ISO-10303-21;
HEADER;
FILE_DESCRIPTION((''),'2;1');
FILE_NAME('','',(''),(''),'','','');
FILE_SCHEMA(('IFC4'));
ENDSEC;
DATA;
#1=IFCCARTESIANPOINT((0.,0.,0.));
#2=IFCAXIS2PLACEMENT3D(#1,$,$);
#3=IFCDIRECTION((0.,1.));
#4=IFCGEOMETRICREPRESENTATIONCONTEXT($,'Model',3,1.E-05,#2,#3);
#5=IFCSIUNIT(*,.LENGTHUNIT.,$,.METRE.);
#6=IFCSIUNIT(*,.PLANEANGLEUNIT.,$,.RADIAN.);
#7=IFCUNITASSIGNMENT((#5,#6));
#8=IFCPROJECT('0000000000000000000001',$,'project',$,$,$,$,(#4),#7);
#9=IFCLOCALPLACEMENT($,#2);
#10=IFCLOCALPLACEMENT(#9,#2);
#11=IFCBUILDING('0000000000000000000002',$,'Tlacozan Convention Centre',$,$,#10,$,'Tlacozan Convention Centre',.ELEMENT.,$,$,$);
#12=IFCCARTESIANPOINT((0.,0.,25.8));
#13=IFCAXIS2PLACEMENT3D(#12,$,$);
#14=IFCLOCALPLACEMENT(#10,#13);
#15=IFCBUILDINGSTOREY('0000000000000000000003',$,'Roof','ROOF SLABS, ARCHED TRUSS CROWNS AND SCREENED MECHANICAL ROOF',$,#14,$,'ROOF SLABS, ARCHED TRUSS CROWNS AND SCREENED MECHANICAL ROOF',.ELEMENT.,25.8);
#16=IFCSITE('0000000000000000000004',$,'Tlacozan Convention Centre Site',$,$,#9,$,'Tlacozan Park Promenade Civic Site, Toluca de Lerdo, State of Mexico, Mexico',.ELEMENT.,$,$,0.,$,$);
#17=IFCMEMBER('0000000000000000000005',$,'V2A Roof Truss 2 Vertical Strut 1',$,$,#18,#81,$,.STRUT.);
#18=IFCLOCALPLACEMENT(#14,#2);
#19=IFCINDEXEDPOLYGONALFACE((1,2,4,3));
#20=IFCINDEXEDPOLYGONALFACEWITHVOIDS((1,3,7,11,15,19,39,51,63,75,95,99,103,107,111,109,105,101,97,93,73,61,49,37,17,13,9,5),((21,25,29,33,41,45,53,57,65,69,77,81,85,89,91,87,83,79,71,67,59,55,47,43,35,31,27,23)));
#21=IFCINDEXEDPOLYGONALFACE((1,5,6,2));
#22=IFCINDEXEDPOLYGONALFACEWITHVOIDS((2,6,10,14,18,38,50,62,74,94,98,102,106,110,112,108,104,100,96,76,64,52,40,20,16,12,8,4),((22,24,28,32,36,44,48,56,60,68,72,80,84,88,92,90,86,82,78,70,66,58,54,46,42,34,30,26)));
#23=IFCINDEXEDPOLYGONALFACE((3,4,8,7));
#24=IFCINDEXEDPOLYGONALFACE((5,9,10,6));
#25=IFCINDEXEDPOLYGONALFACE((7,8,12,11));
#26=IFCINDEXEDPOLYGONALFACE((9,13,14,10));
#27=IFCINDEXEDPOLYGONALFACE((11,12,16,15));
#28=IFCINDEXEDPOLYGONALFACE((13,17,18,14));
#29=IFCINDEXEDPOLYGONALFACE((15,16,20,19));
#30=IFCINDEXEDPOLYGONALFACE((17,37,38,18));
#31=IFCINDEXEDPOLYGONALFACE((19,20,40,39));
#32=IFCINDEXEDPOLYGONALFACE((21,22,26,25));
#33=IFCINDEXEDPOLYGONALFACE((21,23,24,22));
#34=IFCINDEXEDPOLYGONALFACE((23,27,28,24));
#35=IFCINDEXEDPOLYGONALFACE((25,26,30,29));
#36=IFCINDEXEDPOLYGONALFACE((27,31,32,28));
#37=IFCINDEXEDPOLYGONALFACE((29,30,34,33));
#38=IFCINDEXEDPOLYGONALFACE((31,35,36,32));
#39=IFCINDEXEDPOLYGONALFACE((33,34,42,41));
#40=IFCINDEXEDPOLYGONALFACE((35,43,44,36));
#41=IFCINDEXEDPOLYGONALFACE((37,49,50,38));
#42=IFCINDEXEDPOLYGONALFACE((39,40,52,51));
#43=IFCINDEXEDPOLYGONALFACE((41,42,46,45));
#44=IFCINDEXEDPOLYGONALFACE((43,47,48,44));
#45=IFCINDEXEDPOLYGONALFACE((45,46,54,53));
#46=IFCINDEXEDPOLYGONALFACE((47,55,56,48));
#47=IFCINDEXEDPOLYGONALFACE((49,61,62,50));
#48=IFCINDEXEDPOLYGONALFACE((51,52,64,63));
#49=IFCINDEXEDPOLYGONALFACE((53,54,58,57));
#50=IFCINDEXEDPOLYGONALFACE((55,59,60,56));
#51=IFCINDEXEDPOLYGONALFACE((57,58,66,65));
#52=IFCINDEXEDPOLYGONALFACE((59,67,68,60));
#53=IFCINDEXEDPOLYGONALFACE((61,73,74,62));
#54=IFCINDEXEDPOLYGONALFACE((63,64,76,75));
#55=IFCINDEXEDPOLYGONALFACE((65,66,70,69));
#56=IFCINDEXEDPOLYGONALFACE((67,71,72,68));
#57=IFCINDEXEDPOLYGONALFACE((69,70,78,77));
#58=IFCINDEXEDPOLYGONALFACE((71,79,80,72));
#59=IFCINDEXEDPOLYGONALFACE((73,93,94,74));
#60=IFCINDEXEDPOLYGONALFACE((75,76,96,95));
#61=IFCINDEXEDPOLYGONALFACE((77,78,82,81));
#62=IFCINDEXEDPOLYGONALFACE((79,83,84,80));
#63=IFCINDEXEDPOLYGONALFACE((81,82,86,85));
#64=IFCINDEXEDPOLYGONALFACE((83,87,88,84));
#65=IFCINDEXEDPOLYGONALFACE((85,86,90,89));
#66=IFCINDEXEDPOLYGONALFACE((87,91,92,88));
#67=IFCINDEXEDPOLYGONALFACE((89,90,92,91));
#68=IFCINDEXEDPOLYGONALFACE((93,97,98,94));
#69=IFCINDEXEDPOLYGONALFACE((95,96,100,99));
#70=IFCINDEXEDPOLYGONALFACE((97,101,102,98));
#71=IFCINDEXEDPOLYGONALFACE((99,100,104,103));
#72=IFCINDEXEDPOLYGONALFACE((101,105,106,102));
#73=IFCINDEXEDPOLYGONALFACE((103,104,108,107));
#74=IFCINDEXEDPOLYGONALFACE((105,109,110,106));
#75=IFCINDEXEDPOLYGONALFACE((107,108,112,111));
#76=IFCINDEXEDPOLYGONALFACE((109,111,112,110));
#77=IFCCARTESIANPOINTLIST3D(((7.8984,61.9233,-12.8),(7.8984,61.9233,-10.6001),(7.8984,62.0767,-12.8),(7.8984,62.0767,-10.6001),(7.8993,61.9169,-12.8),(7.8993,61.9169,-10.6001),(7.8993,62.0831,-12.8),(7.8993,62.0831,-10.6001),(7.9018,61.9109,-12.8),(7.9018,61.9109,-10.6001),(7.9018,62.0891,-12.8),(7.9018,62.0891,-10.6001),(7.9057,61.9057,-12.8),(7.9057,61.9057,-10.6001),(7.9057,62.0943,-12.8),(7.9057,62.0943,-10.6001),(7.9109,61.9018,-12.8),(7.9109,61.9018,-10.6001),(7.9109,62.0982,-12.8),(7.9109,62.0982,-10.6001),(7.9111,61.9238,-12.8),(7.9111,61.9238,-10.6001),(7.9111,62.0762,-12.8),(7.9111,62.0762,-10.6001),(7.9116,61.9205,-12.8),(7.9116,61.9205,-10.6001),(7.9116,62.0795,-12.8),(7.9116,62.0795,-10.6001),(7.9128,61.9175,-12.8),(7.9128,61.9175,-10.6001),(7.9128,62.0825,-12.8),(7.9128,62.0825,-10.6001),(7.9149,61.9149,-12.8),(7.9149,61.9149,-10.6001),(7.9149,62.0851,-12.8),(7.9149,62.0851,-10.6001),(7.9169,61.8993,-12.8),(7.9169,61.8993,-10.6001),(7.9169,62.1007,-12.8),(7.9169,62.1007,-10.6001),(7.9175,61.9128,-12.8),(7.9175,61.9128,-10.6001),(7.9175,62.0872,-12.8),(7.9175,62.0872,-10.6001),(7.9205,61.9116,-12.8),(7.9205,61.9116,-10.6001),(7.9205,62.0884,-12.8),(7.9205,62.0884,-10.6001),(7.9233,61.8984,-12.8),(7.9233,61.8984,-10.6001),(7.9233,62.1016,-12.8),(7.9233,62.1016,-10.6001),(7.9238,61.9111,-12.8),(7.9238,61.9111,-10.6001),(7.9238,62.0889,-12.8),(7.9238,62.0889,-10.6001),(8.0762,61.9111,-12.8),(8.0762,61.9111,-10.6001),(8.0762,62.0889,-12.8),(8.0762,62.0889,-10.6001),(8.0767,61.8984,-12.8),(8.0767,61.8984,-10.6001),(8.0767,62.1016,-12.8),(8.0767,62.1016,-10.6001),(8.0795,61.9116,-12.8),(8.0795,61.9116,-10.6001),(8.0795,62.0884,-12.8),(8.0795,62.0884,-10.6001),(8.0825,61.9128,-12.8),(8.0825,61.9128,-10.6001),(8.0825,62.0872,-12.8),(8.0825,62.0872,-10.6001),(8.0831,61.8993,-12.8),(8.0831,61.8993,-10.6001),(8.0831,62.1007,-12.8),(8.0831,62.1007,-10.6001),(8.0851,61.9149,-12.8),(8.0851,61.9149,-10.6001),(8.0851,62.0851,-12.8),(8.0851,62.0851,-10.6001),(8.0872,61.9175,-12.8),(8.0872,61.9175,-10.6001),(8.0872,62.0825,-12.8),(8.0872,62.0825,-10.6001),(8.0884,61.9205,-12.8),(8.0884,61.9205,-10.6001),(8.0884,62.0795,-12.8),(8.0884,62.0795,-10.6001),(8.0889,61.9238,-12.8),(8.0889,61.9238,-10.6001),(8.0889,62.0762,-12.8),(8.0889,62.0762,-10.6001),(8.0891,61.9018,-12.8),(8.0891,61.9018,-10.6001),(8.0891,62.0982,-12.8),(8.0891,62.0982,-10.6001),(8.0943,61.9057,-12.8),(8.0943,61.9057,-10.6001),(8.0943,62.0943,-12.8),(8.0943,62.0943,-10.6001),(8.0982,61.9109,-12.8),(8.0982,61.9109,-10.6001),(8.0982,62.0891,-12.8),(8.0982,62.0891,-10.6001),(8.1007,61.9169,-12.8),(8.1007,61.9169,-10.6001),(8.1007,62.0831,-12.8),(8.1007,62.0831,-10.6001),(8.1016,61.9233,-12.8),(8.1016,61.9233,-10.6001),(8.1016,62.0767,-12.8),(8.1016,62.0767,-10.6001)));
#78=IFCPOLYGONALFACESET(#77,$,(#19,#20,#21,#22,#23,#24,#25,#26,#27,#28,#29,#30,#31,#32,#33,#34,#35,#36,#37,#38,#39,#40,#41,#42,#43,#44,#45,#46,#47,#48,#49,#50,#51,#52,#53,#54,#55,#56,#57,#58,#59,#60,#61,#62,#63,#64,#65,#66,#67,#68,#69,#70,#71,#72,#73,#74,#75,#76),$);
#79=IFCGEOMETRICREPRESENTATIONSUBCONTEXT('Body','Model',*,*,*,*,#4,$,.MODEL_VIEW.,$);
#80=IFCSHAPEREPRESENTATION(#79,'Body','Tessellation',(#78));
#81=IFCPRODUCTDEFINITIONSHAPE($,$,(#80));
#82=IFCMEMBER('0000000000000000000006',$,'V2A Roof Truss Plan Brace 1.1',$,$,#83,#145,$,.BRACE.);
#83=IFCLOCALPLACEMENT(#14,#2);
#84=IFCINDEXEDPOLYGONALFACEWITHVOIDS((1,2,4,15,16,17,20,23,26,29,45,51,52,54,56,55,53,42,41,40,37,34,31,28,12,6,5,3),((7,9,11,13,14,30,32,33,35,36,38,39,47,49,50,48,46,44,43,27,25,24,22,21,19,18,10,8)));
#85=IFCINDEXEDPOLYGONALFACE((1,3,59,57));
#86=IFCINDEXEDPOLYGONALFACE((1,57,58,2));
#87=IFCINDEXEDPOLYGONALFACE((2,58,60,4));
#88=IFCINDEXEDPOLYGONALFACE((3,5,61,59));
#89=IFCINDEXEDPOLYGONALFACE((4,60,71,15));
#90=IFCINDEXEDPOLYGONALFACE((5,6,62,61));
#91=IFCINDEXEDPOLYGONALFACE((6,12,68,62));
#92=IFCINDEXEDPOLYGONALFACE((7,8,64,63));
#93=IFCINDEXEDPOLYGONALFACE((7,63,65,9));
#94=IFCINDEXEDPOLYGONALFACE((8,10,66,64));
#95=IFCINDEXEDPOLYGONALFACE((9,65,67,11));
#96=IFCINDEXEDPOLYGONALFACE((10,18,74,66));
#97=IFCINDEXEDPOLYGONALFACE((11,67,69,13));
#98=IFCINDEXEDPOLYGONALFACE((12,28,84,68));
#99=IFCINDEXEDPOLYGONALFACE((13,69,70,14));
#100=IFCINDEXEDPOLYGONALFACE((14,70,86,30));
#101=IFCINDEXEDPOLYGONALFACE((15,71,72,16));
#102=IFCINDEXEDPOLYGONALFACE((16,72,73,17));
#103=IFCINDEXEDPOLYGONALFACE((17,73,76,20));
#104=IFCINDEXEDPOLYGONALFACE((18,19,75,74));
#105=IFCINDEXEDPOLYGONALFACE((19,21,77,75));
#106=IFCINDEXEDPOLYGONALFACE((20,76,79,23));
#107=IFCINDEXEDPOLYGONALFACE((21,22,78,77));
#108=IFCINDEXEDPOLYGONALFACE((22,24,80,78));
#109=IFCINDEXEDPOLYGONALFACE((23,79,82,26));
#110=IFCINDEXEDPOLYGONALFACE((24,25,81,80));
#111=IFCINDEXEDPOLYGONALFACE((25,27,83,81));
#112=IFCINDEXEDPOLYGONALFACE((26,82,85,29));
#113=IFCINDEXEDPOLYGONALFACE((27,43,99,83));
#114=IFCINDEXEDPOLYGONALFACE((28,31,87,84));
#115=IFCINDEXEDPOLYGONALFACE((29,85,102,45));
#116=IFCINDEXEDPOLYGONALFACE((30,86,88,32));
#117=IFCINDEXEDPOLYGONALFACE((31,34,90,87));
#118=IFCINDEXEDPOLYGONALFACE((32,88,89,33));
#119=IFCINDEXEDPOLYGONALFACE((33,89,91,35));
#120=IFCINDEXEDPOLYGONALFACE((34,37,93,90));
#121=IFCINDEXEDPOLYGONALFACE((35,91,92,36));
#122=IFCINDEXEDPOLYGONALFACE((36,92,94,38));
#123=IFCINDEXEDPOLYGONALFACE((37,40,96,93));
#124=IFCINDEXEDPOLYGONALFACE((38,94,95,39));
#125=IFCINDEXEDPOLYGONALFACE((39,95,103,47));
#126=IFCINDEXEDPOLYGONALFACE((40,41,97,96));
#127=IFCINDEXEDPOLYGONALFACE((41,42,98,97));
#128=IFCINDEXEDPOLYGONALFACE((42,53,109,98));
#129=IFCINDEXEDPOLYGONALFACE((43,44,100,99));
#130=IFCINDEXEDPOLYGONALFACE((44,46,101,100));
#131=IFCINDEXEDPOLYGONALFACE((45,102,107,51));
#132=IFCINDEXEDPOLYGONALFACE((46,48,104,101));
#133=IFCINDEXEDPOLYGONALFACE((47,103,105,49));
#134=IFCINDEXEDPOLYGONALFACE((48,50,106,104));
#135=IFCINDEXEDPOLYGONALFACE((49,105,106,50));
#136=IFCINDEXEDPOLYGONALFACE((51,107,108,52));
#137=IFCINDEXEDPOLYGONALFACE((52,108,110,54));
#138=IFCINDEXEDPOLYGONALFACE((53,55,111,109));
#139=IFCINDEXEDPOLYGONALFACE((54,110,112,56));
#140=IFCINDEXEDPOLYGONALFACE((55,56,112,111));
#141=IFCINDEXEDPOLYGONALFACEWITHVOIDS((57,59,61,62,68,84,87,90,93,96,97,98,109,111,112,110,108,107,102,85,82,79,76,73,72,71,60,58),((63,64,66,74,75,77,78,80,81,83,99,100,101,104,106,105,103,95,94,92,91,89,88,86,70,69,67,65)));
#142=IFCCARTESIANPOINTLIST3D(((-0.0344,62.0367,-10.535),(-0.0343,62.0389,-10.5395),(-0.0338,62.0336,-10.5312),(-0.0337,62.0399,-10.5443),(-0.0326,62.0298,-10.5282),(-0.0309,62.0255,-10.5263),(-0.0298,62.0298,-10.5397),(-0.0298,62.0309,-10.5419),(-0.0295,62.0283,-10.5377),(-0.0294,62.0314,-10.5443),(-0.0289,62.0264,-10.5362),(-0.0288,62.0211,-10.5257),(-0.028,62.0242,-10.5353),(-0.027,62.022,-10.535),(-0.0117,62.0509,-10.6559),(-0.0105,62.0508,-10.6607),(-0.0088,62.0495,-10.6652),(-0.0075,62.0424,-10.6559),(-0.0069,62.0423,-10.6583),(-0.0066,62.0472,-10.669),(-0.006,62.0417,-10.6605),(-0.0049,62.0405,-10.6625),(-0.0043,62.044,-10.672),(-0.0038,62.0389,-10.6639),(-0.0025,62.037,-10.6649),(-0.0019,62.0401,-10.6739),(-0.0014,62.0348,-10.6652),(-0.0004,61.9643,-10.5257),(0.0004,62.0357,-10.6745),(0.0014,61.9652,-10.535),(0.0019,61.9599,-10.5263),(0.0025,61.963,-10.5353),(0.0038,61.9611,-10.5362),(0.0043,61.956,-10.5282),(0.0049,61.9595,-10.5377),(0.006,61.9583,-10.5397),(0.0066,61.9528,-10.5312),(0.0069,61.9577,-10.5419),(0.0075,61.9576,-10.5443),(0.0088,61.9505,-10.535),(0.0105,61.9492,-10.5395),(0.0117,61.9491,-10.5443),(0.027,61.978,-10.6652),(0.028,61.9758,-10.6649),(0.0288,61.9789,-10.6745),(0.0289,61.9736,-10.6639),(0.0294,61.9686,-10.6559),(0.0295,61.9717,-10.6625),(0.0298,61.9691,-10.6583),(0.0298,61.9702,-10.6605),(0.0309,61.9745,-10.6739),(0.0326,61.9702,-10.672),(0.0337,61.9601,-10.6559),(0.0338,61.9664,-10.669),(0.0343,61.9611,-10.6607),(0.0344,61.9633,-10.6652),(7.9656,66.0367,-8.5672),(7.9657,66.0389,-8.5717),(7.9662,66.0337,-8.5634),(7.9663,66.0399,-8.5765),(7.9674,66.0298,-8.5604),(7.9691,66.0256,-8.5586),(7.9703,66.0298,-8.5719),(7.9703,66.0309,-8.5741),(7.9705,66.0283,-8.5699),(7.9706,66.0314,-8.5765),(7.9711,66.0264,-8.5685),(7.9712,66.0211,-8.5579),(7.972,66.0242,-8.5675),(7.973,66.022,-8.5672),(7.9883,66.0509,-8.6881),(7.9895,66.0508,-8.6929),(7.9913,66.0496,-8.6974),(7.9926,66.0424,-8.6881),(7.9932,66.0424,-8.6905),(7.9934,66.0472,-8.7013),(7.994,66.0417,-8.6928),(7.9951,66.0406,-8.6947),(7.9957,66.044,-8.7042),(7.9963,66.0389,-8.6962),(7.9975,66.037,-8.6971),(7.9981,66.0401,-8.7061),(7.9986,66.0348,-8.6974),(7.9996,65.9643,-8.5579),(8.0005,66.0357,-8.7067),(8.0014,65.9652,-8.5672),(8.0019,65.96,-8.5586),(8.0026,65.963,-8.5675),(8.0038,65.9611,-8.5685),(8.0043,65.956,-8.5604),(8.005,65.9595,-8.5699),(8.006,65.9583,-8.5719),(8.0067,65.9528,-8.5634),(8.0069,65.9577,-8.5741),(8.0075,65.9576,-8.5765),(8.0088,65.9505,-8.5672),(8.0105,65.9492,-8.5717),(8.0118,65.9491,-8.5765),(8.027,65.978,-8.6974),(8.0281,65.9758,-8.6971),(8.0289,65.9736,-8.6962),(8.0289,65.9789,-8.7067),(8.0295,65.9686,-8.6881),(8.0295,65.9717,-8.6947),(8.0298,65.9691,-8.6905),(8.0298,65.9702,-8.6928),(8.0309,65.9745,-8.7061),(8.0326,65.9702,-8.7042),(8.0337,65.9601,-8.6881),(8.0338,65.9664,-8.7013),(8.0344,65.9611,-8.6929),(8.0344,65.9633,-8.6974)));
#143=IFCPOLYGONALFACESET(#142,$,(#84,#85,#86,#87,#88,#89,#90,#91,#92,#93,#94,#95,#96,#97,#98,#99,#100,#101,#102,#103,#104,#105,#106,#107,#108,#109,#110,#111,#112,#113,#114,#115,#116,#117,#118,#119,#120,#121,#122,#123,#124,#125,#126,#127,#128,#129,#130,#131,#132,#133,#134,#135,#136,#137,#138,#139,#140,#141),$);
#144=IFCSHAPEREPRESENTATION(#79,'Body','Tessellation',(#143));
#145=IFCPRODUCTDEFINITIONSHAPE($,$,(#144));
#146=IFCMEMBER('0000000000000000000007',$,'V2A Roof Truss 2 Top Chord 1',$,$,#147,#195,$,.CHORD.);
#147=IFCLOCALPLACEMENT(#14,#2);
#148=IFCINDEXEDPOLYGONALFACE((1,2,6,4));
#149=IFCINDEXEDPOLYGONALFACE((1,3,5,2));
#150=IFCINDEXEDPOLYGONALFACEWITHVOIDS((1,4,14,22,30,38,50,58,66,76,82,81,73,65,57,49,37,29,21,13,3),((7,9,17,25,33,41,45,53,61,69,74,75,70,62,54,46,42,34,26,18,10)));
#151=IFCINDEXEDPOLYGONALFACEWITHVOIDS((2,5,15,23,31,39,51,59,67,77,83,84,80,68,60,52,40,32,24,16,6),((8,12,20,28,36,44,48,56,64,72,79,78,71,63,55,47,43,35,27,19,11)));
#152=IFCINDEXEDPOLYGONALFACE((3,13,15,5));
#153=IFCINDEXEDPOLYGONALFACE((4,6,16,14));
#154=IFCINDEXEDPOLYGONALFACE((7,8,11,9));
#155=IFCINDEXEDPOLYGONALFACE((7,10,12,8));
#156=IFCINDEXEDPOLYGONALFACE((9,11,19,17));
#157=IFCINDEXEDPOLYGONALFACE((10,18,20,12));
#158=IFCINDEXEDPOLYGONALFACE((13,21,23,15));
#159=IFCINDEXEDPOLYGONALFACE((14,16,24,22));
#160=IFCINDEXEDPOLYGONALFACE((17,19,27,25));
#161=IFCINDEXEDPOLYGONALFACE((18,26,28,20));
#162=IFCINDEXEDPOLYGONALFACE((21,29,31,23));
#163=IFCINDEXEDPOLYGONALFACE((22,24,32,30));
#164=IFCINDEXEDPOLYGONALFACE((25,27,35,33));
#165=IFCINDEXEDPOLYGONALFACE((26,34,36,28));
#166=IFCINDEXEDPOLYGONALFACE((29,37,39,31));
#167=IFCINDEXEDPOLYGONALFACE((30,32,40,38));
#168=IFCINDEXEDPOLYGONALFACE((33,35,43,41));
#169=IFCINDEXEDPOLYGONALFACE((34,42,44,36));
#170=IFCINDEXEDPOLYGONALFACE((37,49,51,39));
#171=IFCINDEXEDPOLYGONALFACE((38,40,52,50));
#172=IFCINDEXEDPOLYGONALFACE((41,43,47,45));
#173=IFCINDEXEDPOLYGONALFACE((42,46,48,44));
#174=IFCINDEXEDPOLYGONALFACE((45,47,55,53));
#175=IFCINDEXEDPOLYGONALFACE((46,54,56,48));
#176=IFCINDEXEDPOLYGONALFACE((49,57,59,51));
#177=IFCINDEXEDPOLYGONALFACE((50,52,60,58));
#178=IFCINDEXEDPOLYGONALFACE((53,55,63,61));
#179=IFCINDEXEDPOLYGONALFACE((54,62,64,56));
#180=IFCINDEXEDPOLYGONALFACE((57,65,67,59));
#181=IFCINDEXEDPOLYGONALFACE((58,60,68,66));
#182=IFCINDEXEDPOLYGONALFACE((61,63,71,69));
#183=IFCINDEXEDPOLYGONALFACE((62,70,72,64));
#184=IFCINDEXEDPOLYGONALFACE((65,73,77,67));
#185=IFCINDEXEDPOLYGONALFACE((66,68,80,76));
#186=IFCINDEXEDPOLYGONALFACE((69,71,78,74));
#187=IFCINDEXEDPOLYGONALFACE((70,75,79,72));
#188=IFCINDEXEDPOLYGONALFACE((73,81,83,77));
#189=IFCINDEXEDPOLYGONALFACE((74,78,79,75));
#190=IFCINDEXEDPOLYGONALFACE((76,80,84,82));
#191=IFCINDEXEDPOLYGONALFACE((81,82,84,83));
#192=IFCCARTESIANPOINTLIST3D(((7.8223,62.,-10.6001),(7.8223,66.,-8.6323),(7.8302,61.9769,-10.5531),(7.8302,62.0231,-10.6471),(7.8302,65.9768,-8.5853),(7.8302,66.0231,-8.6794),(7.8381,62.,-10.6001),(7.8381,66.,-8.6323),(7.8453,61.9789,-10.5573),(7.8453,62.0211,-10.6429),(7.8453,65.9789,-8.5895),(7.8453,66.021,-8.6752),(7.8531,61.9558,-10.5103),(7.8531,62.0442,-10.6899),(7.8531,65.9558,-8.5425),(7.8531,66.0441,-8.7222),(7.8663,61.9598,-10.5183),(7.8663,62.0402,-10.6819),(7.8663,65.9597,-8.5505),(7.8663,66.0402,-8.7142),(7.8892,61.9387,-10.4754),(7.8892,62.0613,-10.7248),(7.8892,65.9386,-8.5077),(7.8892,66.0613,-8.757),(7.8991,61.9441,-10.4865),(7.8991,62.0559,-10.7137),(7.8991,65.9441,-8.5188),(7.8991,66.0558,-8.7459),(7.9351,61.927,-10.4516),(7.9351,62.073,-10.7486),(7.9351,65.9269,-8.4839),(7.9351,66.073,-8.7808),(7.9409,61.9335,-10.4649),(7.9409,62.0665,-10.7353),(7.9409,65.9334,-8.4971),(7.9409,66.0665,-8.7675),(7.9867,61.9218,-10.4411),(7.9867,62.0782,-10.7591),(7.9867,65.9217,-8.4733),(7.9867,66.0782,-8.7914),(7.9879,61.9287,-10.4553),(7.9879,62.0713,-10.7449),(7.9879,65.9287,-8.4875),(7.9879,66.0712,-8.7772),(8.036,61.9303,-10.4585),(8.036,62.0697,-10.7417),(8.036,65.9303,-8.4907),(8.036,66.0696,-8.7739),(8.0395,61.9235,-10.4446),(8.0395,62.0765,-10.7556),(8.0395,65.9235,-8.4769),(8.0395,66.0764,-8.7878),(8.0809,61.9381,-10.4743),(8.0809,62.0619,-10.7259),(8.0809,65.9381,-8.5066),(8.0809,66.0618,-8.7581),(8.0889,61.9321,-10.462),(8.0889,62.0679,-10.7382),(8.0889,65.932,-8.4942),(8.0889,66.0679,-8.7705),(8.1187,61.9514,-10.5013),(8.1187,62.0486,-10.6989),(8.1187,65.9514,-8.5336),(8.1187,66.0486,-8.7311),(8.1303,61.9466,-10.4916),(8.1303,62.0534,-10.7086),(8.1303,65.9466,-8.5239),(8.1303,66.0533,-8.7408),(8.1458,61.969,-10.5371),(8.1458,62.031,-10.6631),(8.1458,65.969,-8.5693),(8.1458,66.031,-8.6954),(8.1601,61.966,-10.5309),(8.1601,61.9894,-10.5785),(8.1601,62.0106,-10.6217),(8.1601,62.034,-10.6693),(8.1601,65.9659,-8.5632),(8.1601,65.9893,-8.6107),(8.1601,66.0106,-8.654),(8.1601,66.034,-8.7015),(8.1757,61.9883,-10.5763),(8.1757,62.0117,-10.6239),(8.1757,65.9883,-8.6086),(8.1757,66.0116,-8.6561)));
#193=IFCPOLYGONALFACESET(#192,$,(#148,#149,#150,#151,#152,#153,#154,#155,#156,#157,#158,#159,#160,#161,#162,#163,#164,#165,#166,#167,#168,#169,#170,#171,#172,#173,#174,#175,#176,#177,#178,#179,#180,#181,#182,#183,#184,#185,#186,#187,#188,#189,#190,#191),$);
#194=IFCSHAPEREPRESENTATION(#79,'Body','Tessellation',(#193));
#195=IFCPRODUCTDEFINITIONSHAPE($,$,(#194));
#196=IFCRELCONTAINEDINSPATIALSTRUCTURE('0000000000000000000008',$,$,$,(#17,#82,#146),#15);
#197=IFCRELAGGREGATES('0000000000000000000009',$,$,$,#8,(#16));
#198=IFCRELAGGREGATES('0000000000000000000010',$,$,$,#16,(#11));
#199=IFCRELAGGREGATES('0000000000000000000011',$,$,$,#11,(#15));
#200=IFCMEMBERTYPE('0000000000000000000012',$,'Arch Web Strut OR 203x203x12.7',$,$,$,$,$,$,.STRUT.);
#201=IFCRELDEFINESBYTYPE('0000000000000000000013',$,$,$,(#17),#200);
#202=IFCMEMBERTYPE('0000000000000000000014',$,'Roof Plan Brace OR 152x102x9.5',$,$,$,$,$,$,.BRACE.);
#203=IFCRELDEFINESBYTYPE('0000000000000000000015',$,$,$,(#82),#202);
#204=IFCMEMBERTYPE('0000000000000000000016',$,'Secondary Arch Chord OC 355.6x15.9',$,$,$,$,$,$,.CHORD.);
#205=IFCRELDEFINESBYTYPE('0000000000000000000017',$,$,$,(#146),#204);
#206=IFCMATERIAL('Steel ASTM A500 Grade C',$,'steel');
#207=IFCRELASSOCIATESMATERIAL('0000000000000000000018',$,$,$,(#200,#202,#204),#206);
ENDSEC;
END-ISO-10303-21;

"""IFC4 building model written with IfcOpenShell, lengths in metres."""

from ifc_helpers import new_model, si_unit, direction, frame, origin, origin_2d, place, context, subcontext, project, spatial, hollow_rectangle, hollow_circle, extrude, material, material_profile, profile_set, type_object, element, save


model = new_model("IFC4")

# Units and contexts
model_context = context("Model", 3, precision=1e-05, world=origin(), true_north=direction((0.0, 1.0)))
body_context = subcontext(model_context, "Body", "Model", "MODEL_VIEW")
ifc_project = project(units=[si_unit("LENGTHUNIT", "METRE"), si_unit("PLANEANGLEUNIT", "RADIAN")], contexts=[model_context])

# Site, building, storey
site_placement = place(None, origin())
site = spatial("IfcSite", under=ifc_project, at=site_placement, Name="Tlacozan Convention Centre Site", LongName="Tlacozan Park Promenade Civic Site, Toluca de Lerdo, State of Mexico, Mexico", CompositionType="ELEMENT", RefElevation=0.0)
building_placement = place(site_placement, origin())
building = spatial("IfcBuilding", under=site, at=building_placement, Name="Tlacozan Convention Centre", LongName="Tlacozan Convention Centre", CompositionType="ELEMENT")
storey_placement = place(building_placement, frame((0.0, 0.0, 25.8)))
storey = spatial("IfcBuildingStorey", under=building, at=storey_placement, Name="Roof", Description="ROOF SLABS, ARCHED TRUSS CROWNS AND SCREENED MECHANICAL ROOF", LongName="ROOF SLABS, ARCHED TRUSS CROWNS AND SCREENED MECHANICAL ROOF", CompositionType="ELEMENT", Elevation=25.8)

# Members
ifc_material_1 = material(Name="Steel ASTM A500 Grade C", Category="steel")
ifc_material_profile_1 = material_profile(ifc_material_1, hollow_rectangle(XDim=0.2031, YDim=0.2031, WallThickness=0.0127, InnerFilletRadius=0.0127, OuterFilletRadius=0.0249, at=origin_2d()), Name="OR 203x203x12.7")
ifc_profile_set_1 = profile_set([ifc_material_profile_1], Name="Steel ASTM A500 Grade C")
member_type_1 = type_object("IfcMemberType", Name="Arch Web Strut OR 203x203x12.7", PredefinedType="STRUT", material=ifc_profile_set_1)
for number, where, z_axis, x_axis, name in (
    (1, (8.0, 62.0, -12.8), (0.0, 0.0, 1.0), (1.0, 0.0, 0.0), "V2A Roof Truss 2 Vertical Strut 1"),
):
    element("IfcMember", number, at=place(storey_placement, frame(where, z_axis=z_axis, x_axis=x_axis)), inside=storey, type_object=member_type_1, Name=name, PredefinedType="STRUT", context=body_context, shape_type="SweptSolid", body=[
        extrude(hollow_rectangle(XDim=0.2031, YDim=0.2031, WallThickness=0.0127, InnerFilletRadius=0.0127, OuterFilletRadius=0.0249, at=origin_2d()), origin(), (0.0, 0.0, 1.0), 2.2),
    ])
ifc_material_profile_2 = material_profile(ifc_material_1, hollow_rectangle(XDim=0.1016, YDim=0.1523, WallThickness=0.0095, InnerFilletRadius=0.0095, OuterFilletRadius=0.019, at=origin_2d()), Name="OR 152x102x9.5")
ifc_profile_set_2 = profile_set([ifc_material_profile_2], Name="Steel ASTM A500 Grade C")
member_type_2 = type_object("IfcMemberType", Name="Roof Plan Brace OR 152x102x9.5", PredefinedType="BRACE", material=ifc_profile_set_2)
member_1_placement = place(storey_placement, frame((0.0, 62.0, -10.6001), z_axis=(0.873537, 0.436768, 0.214865), x_axis=(-0.447214, 0.894427, 0.0)))
element("IfcMember", 2, at=member_1_placement, inside=storey, type_object=member_type_2, Name="V2A Roof Truss Plan Brace 1.1", PredefinedType="BRACE", context=body_context, shape_type="SweptSolid", body=[
    extrude(hollow_rectangle(XDim=0.1016, YDim=0.1523, WallThickness=0.0095, InnerFilletRadius=0.0095, OuterFilletRadius=0.019, at=origin_2d()), origin(), (0.0, 0.0, 1.0), 9.1582),
])
ifc_material_profile_3 = material_profile(ifc_material_1, hollow_circle(Radius=0.1777, WallThickness=0.0159, at=origin_2d()), Name="OC 355.6x15.9")
ifc_profile_set_3 = profile_set([ifc_material_profile_3], Name="Steel ASTM A500 Grade C")
member_type_3 = type_object("IfcMemberType", Name="Secondary Arch Chord OC 355.6x15.9", PredefinedType="CHORD", material=ifc_profile_set_3)
for number, where, z_axis, x_axis, name in (
    (3, (8.0, 62.0, -10.6001), (0.0, 0.8973, 0.441421), (-1.0, 0.0, 0.0), "V2A Roof Truss 2 Top Chord 1"),
):
    element("IfcMember", number, at=place(storey_placement, frame(where, z_axis=z_axis, x_axis=x_axis)), inside=storey, type_object=member_type_3, Name=name, PredefinedType="CHORD", context=body_context, shape_type="SweptSolid", body=[
        extrude(hollow_circle(Radius=0.1777, WallThickness=0.0159, at=origin_2d()), origin(), (0.0, 0.0, 1.0), 4.4578),
    ])

save(model, "model.ifc")
